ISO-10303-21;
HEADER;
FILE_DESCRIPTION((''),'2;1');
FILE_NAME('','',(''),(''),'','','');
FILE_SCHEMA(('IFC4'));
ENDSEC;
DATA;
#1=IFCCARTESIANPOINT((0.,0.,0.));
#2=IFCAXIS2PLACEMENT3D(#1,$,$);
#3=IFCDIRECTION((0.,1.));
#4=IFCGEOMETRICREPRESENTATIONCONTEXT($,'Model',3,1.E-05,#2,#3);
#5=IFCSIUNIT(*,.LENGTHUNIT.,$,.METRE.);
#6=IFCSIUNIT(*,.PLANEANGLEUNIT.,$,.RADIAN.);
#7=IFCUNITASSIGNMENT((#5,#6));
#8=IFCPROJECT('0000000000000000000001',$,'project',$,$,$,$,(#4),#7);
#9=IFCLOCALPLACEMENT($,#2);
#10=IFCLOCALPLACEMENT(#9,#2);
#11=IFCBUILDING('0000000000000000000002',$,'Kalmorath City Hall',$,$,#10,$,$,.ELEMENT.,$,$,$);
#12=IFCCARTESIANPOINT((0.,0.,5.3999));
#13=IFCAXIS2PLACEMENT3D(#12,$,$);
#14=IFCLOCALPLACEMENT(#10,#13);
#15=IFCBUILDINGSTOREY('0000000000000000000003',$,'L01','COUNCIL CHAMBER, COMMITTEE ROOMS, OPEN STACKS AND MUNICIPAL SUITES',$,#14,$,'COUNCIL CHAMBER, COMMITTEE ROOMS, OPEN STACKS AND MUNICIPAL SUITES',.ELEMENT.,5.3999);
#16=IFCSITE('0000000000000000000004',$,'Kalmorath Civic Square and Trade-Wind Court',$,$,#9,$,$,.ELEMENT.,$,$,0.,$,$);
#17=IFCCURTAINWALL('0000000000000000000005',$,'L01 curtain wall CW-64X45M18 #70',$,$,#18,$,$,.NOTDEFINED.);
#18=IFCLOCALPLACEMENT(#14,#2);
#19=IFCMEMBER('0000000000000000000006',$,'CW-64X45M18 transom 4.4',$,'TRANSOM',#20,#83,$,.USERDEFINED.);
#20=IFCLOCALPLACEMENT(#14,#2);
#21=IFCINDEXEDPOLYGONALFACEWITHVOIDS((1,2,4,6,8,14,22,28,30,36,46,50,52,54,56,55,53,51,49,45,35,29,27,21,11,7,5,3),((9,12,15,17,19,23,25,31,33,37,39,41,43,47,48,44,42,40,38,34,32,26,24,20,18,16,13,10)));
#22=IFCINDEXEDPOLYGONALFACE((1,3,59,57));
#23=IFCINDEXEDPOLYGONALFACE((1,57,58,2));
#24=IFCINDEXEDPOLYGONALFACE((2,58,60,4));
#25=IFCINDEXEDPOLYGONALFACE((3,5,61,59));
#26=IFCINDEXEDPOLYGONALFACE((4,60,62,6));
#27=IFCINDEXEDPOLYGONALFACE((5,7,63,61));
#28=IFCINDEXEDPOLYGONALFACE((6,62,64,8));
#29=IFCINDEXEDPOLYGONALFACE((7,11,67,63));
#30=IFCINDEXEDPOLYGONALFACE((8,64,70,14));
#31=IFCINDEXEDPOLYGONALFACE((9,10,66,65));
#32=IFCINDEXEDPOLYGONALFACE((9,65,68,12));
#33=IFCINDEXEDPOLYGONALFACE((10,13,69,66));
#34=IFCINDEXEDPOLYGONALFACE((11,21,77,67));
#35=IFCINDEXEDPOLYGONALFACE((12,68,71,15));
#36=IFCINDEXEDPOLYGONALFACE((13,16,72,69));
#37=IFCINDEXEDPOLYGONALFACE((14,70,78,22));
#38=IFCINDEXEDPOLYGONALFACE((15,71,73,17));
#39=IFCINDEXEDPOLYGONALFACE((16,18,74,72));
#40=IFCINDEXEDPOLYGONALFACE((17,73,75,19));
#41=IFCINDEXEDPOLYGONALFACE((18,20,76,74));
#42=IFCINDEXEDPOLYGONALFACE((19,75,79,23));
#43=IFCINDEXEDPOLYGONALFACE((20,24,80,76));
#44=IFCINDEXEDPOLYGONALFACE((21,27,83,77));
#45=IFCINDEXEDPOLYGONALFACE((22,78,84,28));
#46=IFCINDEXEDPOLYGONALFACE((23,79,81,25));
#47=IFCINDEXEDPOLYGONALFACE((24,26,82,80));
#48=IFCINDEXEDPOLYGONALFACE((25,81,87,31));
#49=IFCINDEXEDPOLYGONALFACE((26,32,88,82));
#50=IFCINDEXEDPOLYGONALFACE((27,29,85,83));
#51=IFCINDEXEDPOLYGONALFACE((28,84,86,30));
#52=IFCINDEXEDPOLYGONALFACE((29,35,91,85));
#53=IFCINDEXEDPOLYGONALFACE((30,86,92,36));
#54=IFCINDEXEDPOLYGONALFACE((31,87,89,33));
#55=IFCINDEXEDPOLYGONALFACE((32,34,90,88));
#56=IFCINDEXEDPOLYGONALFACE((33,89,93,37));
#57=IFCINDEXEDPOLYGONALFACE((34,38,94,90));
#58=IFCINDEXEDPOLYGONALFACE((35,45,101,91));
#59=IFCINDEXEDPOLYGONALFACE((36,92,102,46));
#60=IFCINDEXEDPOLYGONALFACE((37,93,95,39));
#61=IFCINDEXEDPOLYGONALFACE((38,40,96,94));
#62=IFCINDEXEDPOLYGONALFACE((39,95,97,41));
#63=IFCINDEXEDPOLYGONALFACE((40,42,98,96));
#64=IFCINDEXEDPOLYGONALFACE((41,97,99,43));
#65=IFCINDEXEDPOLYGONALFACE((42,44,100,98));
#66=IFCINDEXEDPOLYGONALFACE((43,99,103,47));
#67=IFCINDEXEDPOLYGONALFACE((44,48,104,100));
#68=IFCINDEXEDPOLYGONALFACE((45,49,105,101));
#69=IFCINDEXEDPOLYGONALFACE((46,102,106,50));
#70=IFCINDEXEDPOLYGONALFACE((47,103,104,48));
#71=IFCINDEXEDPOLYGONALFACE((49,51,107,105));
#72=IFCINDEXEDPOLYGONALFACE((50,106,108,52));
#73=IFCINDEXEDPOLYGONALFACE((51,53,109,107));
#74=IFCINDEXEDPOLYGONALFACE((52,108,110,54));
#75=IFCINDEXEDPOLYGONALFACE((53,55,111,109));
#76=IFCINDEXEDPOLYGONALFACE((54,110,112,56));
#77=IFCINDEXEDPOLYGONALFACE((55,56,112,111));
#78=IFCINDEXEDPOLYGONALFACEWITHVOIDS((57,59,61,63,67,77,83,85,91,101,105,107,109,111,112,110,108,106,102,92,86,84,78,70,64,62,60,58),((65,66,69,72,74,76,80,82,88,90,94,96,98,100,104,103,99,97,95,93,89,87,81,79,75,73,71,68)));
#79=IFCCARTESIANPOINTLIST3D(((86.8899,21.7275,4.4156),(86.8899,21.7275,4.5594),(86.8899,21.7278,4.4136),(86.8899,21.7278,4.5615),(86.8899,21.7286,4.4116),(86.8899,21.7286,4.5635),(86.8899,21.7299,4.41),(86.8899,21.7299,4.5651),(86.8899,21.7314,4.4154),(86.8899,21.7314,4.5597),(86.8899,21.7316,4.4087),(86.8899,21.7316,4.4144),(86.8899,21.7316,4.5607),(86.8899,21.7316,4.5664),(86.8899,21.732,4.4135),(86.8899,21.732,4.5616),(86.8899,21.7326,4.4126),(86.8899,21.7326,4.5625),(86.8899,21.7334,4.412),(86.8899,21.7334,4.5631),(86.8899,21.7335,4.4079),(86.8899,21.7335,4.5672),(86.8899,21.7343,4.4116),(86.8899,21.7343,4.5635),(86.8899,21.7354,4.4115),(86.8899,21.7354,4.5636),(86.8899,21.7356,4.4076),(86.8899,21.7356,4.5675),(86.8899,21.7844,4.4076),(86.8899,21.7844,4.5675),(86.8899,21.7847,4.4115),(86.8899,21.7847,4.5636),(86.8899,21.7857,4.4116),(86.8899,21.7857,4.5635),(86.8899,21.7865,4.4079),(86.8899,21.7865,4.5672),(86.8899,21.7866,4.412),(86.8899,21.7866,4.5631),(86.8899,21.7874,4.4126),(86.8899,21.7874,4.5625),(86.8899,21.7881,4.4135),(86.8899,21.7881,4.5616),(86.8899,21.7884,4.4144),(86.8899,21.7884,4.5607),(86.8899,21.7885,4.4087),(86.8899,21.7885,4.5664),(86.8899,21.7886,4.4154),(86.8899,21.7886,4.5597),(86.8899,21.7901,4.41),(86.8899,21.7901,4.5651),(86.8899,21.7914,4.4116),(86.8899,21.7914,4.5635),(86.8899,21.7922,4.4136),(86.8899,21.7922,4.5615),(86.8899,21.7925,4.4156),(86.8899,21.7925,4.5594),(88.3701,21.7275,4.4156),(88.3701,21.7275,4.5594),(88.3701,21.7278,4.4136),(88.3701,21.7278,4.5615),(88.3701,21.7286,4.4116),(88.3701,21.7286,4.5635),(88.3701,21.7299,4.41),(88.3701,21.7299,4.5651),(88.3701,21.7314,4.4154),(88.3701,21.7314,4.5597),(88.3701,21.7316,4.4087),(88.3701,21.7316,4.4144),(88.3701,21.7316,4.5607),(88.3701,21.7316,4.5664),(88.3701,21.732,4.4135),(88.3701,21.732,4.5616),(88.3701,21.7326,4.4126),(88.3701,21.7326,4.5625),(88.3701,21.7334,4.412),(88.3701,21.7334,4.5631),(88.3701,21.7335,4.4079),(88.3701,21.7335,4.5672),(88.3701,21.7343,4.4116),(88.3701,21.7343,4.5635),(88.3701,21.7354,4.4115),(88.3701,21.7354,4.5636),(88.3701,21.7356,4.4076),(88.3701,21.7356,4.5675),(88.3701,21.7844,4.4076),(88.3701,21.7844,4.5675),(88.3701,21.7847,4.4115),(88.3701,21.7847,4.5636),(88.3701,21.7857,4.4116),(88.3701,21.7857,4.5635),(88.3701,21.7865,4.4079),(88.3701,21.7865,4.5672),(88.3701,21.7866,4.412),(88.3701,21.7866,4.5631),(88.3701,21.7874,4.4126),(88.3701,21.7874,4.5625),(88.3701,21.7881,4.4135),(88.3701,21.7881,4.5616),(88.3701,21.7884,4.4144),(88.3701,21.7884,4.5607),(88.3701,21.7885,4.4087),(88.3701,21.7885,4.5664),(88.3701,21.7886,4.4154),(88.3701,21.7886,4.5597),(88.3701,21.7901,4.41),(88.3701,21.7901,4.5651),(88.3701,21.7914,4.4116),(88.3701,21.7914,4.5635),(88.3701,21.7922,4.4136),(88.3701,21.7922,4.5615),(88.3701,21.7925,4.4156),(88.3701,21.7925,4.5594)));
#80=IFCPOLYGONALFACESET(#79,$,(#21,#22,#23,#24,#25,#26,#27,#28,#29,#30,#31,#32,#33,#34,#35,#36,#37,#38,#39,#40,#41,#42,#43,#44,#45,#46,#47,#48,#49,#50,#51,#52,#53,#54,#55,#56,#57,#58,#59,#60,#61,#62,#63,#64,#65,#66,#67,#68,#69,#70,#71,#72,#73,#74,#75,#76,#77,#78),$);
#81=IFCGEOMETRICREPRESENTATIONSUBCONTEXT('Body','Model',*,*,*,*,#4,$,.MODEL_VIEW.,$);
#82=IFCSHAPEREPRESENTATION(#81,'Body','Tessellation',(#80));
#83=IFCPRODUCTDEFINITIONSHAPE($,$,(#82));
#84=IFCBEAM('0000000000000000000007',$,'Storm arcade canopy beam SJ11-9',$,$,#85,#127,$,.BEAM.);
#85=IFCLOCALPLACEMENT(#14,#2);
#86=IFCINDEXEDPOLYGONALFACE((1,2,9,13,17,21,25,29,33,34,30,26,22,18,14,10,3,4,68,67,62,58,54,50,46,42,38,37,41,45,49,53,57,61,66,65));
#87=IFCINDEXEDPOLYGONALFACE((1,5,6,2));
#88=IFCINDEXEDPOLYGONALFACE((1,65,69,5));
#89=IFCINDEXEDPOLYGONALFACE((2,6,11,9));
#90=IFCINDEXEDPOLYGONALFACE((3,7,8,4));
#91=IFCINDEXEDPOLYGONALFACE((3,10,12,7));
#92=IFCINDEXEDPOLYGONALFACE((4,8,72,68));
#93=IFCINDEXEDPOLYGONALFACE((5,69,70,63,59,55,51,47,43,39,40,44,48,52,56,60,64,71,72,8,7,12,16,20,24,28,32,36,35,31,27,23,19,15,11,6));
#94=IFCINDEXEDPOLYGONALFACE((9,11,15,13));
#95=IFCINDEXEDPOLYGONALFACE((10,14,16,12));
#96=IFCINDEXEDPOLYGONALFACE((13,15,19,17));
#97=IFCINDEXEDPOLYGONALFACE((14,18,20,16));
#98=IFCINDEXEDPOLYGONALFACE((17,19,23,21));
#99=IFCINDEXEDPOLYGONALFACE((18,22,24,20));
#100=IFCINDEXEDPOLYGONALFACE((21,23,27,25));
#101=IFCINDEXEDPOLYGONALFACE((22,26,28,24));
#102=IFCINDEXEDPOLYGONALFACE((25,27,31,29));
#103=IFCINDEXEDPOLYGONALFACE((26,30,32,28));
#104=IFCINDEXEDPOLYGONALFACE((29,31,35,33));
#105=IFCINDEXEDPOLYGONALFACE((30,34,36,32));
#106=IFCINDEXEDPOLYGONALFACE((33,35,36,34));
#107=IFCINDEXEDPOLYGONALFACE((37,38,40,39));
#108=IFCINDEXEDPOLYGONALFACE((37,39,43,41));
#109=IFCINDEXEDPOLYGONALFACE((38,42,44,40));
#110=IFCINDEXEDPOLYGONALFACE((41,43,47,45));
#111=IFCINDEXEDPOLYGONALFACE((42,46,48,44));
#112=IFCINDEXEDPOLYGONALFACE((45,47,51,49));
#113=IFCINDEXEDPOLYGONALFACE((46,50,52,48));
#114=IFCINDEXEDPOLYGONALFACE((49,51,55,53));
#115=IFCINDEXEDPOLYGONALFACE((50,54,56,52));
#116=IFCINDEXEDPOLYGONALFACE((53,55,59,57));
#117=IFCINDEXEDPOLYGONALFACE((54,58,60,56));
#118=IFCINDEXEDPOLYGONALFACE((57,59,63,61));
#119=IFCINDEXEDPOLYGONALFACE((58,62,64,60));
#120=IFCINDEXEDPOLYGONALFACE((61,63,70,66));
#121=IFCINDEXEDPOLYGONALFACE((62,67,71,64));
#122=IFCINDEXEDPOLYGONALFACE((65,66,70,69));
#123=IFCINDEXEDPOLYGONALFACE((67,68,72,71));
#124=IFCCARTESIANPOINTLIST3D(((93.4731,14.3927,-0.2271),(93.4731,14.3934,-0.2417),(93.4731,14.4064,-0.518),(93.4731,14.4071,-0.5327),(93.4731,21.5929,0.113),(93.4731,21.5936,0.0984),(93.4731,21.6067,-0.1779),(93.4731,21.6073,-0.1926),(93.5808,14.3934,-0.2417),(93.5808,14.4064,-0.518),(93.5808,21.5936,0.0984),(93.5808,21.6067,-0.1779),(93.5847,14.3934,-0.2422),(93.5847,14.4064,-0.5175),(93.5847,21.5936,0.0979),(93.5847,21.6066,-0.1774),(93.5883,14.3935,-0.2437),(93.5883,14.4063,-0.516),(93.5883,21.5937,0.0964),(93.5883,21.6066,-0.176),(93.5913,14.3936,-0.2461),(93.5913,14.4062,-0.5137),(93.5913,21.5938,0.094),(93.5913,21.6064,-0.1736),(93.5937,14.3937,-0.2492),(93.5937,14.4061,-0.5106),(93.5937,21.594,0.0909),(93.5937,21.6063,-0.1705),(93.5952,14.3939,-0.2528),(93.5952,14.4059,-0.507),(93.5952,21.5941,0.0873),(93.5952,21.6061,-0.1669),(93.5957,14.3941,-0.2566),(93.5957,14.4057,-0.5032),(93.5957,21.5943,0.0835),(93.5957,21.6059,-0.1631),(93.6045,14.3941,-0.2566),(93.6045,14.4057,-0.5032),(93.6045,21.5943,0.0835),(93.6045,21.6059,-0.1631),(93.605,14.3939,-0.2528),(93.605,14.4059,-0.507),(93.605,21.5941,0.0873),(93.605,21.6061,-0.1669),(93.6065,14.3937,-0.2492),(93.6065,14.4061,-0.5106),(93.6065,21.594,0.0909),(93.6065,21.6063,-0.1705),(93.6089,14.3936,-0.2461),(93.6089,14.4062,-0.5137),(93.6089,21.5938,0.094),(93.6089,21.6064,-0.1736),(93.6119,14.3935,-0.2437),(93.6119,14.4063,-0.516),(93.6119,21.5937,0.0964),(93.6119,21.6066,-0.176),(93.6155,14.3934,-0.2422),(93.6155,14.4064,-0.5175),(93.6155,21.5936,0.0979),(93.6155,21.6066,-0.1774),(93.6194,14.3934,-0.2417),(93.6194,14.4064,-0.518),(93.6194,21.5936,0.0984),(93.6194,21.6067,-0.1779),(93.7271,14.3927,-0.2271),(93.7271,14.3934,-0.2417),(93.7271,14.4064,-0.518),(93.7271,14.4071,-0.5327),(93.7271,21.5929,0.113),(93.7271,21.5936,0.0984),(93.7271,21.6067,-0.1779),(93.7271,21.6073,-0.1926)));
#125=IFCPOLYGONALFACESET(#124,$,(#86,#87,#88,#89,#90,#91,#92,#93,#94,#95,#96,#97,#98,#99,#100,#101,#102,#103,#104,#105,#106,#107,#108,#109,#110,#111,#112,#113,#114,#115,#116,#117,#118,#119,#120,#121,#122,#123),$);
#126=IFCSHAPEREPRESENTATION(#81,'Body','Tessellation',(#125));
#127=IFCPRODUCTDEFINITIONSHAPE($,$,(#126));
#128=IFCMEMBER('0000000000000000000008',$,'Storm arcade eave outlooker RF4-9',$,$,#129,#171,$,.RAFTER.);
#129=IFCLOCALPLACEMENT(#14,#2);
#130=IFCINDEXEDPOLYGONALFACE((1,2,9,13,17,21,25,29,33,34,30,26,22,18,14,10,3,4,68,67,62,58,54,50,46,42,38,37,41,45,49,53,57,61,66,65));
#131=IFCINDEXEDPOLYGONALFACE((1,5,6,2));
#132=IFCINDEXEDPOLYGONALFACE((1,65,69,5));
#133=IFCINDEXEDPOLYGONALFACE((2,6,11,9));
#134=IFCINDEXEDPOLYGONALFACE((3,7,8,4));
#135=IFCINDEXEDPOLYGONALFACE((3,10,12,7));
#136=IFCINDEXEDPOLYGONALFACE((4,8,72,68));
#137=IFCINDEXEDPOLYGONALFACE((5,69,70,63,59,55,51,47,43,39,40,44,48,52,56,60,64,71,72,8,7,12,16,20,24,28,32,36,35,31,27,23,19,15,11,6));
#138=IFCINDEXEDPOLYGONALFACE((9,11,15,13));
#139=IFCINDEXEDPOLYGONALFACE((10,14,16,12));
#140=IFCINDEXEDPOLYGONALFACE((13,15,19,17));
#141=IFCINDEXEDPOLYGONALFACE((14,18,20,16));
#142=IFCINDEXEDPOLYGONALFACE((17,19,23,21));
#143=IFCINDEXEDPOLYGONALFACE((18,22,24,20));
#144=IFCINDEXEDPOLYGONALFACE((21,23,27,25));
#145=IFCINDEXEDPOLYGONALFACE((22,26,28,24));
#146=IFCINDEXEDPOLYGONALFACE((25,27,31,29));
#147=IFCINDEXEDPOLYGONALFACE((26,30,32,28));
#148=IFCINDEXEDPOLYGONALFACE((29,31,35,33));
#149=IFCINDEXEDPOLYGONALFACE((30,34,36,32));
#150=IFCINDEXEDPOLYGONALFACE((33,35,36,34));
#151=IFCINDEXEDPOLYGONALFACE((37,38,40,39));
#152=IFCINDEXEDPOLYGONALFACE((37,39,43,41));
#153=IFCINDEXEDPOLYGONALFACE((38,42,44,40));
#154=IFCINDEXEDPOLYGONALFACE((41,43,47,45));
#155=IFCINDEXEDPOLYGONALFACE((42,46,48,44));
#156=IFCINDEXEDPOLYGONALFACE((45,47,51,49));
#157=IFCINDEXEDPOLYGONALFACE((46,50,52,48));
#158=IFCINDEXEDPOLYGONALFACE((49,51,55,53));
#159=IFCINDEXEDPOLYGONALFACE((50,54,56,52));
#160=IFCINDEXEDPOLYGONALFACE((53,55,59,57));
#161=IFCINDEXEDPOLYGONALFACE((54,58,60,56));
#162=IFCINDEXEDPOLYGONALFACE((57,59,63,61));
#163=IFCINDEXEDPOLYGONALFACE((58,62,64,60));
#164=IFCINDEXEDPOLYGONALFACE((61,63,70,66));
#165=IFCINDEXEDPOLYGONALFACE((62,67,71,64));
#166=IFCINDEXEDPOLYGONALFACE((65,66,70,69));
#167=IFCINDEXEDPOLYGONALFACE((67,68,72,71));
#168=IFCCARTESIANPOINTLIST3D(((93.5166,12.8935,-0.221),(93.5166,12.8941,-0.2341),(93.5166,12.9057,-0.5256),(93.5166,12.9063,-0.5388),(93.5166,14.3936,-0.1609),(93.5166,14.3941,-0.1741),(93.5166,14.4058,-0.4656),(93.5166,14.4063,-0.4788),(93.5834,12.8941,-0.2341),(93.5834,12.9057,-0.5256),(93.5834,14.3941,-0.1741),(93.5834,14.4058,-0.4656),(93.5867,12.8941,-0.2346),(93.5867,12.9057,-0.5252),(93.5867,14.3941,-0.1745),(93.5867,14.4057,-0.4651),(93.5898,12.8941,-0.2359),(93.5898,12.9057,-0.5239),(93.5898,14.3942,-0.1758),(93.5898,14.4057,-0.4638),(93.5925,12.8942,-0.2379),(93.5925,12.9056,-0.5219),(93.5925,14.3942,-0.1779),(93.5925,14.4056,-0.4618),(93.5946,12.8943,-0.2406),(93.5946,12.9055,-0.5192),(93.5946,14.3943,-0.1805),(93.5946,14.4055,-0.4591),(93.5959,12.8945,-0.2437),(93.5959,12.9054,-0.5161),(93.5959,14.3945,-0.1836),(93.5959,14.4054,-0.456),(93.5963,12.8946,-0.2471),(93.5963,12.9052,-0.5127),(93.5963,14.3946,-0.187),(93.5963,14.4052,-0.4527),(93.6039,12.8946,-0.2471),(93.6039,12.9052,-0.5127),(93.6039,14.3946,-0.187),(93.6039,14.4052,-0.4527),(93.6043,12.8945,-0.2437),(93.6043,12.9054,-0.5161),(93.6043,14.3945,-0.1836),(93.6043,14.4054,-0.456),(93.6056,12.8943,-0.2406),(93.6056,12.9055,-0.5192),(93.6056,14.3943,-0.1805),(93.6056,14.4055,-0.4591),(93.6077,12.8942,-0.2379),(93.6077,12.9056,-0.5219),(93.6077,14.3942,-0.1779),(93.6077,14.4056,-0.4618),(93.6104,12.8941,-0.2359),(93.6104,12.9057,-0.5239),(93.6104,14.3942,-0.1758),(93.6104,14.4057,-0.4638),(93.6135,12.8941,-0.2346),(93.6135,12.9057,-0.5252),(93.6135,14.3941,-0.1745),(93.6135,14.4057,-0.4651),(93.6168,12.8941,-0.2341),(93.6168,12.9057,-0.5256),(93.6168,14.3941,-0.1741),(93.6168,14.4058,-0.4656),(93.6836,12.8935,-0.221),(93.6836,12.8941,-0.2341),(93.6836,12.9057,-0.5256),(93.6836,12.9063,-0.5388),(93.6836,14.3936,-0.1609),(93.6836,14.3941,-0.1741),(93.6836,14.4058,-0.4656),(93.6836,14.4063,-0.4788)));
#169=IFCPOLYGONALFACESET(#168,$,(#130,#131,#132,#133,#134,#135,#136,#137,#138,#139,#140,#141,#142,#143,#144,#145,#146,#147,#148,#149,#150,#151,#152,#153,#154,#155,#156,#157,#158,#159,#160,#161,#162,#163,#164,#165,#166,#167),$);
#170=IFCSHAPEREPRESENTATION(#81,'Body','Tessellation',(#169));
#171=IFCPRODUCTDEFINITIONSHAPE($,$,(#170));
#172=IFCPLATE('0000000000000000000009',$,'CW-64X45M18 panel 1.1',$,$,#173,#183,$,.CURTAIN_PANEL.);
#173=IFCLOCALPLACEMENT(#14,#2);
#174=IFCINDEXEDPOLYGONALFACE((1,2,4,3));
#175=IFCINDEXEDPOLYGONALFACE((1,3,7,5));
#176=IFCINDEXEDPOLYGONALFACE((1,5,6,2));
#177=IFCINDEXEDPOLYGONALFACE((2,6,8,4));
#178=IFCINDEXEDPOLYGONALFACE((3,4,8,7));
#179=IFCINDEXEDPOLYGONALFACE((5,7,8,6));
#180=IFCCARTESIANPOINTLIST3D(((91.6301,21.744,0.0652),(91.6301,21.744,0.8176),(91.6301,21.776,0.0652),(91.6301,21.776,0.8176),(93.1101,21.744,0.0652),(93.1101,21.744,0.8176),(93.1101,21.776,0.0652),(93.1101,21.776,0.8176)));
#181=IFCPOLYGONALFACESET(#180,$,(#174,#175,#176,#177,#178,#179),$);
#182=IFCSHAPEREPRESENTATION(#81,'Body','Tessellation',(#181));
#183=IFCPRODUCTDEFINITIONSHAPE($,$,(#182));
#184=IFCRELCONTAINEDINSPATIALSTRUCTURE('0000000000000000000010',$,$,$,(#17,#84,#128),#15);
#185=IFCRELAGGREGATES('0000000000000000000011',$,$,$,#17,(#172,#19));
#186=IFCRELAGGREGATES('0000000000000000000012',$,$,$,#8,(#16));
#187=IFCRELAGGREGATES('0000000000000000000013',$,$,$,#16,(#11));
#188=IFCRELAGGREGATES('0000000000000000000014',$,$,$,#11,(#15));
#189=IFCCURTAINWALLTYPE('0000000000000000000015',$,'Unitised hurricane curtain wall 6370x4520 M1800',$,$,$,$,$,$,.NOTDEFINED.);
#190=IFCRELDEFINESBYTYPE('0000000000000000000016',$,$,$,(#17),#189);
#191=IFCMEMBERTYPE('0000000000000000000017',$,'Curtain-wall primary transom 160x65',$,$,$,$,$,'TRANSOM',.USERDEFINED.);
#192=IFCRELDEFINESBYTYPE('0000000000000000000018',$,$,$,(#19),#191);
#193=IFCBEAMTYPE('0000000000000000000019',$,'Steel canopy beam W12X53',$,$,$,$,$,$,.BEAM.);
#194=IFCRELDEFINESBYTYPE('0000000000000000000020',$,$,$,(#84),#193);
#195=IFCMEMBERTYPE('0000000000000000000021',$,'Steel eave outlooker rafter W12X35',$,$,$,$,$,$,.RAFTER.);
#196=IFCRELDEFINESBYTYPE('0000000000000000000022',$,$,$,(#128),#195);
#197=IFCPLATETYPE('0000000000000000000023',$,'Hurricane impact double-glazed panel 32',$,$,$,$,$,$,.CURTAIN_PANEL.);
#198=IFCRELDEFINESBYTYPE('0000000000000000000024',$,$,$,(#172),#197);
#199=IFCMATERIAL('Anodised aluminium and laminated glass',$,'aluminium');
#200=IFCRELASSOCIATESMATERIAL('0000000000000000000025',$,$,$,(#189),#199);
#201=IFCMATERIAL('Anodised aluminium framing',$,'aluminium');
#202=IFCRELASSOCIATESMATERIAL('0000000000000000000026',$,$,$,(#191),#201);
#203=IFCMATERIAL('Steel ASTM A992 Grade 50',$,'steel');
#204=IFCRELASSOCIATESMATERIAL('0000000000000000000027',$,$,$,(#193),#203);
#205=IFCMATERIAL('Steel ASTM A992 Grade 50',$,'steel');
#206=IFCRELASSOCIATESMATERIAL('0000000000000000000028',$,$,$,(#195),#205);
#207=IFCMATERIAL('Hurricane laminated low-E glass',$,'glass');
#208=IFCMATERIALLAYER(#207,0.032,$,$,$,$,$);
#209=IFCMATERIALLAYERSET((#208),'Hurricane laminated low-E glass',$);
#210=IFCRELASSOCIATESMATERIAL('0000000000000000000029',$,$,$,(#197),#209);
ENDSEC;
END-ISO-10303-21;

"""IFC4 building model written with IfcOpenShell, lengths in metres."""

from ifc_helpers import new_model, si_unit, direction, frame, origin, origin_2d, place, context, subcontext, project, spatial, rectangle, hollow_rectangle, i_section, extrude, material, layer, layer_set, material_profile, profile_set, type_object, element, aggregate, save


model = new_model("IFC4")

# Units and contexts
model_context = context("Model", 3, precision=1e-05, world=origin(), true_north=direction((0.0, 1.0)))
body_context = subcontext(model_context, "Body", "Model", "MODEL_VIEW")
ifc_project = project(units=[si_unit("LENGTHUNIT", "METRE"), si_unit("PLANEANGLEUNIT", "RADIAN")], contexts=[model_context])

# Site, building, storey
site_placement = place(None, origin())
site = spatial("IfcSite", under=ifc_project, at=site_placement, Name="Kalmorath Civic Square and Trade-Wind Court", CompositionType="ELEMENT", RefElevation=0.0)
building_placement = place(site_placement, origin())
building = spatial("IfcBuilding", under=site, at=building_placement, Name="Kalmorath City Hall", CompositionType="ELEMENT")
storey_placement = place(building_placement, frame((0.0, 0.0, 5.3999)))
storey = spatial("IfcBuildingStorey", under=building, at=storey_placement, Name="L01", Description="COUNCIL CHAMBER, COMMITTEE ROOMS, OPEN STACKS AND MUNICIPAL SUITES", LongName="COUNCIL CHAMBER, COMMITTEE ROOMS, OPEN STACKS AND MUNICIPAL SUITES", CompositionType="ELEMENT", Elevation=5.3999)

# Curtain wall, member
ifc_material_1 = material(Name="Anodised aluminium and laminated glass", Category="aluminium")
curtain_wall_type = type_object("IfcCurtainWallType", Name="Unitised hurricane curtain wall 6370x4520 M1800", PredefinedType="NOTDEFINED", material=ifc_material_1)
curtain_wall_placement = place(storey_placement, origin())
curtain_wall = element("IfcCurtainWall", 1, at=curtain_wall_placement, inside=storey, type_object=curtain_wall_type, Name="L01 curtain wall CW-64X45M18 #70", PredefinedType="NOTDEFINED")
ifc_material_2 = material(Name="Anodised aluminium framing", Category="aluminium")
ifc_material_profile_1 = material_profile(ifc_material_2, hollow_rectangle(XDim=0.0649, YDim=0.1599, WallThickness=0.0039, InnerFilletRadius=0.0039, OuterFilletRadius=0.0081, at=origin_2d()), Name="ALU-TRN-160X65X4")
ifc_profile_set_1 = profile_set([ifc_material_profile_1], Name="Anodised aluminium framing")
member_type_1 = type_object("IfcMemberType", Name="Curtain-wall primary transom 160x65", ElementType="TRANSOM", PredefinedType="USERDEFINED", material=ifc_profile_set_1)
member_1_placement = place(storey_placement, frame((88.3701, 21.76, 4.4875), z_axis=(-1.0, 0.0, 0.0), x_axis=(0.0, -1.0, 0.0)))
member_1 = element("IfcMember", 2, at=member_1_placement, type_object=member_type_1, Name="CW-64X45M18 transom 4.4", ObjectType="TRANSOM", PredefinedType="USERDEFINED", context=body_context, shape_type="SweptSolid", body=[
    extrude(hollow_rectangle(XDim=0.0649, YDim=0.1599, WallThickness=0.0039, InnerFilletRadius=0.0039, OuterFilletRadius=0.0081, at=origin_2d()), origin(), (0.0, 0.0, 1.0), 1.4802),
])

# Beam
ifc_material_3 = material(Name="Steel ASTM A992 Grade 50", Category="steel")
ifc_material_profile_2 = material_profile(ifc_material_3, i_section(OverallWidth=0.2539, OverallDepth=0.3059, WebThickness=0.0088, FlangeThickness=0.0146, FilletRadius=0.0149, at=origin_2d()), Name="W12X53")
ifc_profile_set_2 = profile_set([ifc_material_profile_2], Name="Steel ASTM A992 Grade 50")
beam_type_1 = type_object("IfcBeamType", Name="Steel canopy beam W12X53", PredefinedType="BEAM", material=ifc_profile_set_2)
beam_1_placement = place(storey_placement, frame((93.6001, 14.3999, -0.3799), z_axis=(0.0, 0.998886, 0.047181), x_axis=(-1.0, 0.0, 0.0)))
element("IfcBeam", 3, at=beam_1_placement, inside=storey, type_object=beam_type_1, Name="Storm arcade canopy beam SJ11-9", PredefinedType="BEAM", context=body_context, shape_type="SweptSolid", body=[
    extrude(i_section(OverallWidth=0.2539, OverallDepth=0.3059, WebThickness=0.0088, FlangeThickness=0.0146, FilletRadius=0.0149, at=origin_2d()), origin(), (0.0, 0.0, 1.0), 7.2083),
])

# Member
ifc_material_4 = material(Name="Steel ASTM A992 Grade 50", Category="steel")
ifc_material_profile_3 = material_profile(ifc_material_4, i_section(OverallWidth=0.167, OverallDepth=0.3181, WebThickness=0.0076, FlangeThickness=0.0132, FilletRadius=0.0129, at=origin_2d()), Name="W12X35")
ifc_profile_set_3 = profile_set([ifc_material_profile_3], Name="Steel ASTM A992 Grade 50")
member_type_2 = type_object("IfcMemberType", Name="Steel eave outlooker rafter W12X35", PredefinedType="RAFTER", material=ifc_profile_set_3)
member_2_placement = place(storey_placement, frame((93.6001, 12.8999, -0.3799), z_axis=(0.0, 0.999199, 0.040007), x_axis=(-1.0, 0.0, 0.0)))
element("IfcMember", 4, at=member_2_placement, inside=storey, type_object=member_type_2, Name="Storm arcade eave outlooker RF4-9", PredefinedType="RAFTER", context=body_context, shape_type="SweptSolid", body=[
    extrude(i_section(OverallWidth=0.167, OverallDepth=0.3181, WebThickness=0.0076, FlangeThickness=0.0132, FilletRadius=0.0129, at=origin_2d()), origin(), (0.0, 0.0, 1.0), 1.5012),
])

# Plate
ifc_material_5 = material(Name="Hurricane laminated low-E glass", Category="glass")
ifc_layer = layer(ifc_material_5, 0.032)
ifc_layer_set = layer_set([ifc_layer], Name="Hurricane laminated low-E glass")
plate_type = type_object("IfcPlateType", Name="Hurricane impact double-glazed panel 32", PredefinedType="CURTAIN_PANEL", material=ifc_layer_set)
plate_1_placement = place(storey_placement, frame((92.3701, 21.76, 0.0652), z_axis=(0.0, 0.0, 1.0), x_axis=(-1.0, 0.0, 0.0)))
plate_1 = element("IfcPlate", 5, at=plate_1_placement, type_object=plate_type, Name="CW-64X45M18 panel 1.1", PredefinedType="CURTAIN_PANEL", context=body_context, shape_type="SweptSolid", body=[
    extrude(rectangle(XDim=1.48, YDim=0.032, at=origin_2d()), origin(), (0.0, 0.0, 1.0), 0.7524),
])
aggregate(curtain_wall, [plate_1, member_1])

save(model, "model.ifc")
